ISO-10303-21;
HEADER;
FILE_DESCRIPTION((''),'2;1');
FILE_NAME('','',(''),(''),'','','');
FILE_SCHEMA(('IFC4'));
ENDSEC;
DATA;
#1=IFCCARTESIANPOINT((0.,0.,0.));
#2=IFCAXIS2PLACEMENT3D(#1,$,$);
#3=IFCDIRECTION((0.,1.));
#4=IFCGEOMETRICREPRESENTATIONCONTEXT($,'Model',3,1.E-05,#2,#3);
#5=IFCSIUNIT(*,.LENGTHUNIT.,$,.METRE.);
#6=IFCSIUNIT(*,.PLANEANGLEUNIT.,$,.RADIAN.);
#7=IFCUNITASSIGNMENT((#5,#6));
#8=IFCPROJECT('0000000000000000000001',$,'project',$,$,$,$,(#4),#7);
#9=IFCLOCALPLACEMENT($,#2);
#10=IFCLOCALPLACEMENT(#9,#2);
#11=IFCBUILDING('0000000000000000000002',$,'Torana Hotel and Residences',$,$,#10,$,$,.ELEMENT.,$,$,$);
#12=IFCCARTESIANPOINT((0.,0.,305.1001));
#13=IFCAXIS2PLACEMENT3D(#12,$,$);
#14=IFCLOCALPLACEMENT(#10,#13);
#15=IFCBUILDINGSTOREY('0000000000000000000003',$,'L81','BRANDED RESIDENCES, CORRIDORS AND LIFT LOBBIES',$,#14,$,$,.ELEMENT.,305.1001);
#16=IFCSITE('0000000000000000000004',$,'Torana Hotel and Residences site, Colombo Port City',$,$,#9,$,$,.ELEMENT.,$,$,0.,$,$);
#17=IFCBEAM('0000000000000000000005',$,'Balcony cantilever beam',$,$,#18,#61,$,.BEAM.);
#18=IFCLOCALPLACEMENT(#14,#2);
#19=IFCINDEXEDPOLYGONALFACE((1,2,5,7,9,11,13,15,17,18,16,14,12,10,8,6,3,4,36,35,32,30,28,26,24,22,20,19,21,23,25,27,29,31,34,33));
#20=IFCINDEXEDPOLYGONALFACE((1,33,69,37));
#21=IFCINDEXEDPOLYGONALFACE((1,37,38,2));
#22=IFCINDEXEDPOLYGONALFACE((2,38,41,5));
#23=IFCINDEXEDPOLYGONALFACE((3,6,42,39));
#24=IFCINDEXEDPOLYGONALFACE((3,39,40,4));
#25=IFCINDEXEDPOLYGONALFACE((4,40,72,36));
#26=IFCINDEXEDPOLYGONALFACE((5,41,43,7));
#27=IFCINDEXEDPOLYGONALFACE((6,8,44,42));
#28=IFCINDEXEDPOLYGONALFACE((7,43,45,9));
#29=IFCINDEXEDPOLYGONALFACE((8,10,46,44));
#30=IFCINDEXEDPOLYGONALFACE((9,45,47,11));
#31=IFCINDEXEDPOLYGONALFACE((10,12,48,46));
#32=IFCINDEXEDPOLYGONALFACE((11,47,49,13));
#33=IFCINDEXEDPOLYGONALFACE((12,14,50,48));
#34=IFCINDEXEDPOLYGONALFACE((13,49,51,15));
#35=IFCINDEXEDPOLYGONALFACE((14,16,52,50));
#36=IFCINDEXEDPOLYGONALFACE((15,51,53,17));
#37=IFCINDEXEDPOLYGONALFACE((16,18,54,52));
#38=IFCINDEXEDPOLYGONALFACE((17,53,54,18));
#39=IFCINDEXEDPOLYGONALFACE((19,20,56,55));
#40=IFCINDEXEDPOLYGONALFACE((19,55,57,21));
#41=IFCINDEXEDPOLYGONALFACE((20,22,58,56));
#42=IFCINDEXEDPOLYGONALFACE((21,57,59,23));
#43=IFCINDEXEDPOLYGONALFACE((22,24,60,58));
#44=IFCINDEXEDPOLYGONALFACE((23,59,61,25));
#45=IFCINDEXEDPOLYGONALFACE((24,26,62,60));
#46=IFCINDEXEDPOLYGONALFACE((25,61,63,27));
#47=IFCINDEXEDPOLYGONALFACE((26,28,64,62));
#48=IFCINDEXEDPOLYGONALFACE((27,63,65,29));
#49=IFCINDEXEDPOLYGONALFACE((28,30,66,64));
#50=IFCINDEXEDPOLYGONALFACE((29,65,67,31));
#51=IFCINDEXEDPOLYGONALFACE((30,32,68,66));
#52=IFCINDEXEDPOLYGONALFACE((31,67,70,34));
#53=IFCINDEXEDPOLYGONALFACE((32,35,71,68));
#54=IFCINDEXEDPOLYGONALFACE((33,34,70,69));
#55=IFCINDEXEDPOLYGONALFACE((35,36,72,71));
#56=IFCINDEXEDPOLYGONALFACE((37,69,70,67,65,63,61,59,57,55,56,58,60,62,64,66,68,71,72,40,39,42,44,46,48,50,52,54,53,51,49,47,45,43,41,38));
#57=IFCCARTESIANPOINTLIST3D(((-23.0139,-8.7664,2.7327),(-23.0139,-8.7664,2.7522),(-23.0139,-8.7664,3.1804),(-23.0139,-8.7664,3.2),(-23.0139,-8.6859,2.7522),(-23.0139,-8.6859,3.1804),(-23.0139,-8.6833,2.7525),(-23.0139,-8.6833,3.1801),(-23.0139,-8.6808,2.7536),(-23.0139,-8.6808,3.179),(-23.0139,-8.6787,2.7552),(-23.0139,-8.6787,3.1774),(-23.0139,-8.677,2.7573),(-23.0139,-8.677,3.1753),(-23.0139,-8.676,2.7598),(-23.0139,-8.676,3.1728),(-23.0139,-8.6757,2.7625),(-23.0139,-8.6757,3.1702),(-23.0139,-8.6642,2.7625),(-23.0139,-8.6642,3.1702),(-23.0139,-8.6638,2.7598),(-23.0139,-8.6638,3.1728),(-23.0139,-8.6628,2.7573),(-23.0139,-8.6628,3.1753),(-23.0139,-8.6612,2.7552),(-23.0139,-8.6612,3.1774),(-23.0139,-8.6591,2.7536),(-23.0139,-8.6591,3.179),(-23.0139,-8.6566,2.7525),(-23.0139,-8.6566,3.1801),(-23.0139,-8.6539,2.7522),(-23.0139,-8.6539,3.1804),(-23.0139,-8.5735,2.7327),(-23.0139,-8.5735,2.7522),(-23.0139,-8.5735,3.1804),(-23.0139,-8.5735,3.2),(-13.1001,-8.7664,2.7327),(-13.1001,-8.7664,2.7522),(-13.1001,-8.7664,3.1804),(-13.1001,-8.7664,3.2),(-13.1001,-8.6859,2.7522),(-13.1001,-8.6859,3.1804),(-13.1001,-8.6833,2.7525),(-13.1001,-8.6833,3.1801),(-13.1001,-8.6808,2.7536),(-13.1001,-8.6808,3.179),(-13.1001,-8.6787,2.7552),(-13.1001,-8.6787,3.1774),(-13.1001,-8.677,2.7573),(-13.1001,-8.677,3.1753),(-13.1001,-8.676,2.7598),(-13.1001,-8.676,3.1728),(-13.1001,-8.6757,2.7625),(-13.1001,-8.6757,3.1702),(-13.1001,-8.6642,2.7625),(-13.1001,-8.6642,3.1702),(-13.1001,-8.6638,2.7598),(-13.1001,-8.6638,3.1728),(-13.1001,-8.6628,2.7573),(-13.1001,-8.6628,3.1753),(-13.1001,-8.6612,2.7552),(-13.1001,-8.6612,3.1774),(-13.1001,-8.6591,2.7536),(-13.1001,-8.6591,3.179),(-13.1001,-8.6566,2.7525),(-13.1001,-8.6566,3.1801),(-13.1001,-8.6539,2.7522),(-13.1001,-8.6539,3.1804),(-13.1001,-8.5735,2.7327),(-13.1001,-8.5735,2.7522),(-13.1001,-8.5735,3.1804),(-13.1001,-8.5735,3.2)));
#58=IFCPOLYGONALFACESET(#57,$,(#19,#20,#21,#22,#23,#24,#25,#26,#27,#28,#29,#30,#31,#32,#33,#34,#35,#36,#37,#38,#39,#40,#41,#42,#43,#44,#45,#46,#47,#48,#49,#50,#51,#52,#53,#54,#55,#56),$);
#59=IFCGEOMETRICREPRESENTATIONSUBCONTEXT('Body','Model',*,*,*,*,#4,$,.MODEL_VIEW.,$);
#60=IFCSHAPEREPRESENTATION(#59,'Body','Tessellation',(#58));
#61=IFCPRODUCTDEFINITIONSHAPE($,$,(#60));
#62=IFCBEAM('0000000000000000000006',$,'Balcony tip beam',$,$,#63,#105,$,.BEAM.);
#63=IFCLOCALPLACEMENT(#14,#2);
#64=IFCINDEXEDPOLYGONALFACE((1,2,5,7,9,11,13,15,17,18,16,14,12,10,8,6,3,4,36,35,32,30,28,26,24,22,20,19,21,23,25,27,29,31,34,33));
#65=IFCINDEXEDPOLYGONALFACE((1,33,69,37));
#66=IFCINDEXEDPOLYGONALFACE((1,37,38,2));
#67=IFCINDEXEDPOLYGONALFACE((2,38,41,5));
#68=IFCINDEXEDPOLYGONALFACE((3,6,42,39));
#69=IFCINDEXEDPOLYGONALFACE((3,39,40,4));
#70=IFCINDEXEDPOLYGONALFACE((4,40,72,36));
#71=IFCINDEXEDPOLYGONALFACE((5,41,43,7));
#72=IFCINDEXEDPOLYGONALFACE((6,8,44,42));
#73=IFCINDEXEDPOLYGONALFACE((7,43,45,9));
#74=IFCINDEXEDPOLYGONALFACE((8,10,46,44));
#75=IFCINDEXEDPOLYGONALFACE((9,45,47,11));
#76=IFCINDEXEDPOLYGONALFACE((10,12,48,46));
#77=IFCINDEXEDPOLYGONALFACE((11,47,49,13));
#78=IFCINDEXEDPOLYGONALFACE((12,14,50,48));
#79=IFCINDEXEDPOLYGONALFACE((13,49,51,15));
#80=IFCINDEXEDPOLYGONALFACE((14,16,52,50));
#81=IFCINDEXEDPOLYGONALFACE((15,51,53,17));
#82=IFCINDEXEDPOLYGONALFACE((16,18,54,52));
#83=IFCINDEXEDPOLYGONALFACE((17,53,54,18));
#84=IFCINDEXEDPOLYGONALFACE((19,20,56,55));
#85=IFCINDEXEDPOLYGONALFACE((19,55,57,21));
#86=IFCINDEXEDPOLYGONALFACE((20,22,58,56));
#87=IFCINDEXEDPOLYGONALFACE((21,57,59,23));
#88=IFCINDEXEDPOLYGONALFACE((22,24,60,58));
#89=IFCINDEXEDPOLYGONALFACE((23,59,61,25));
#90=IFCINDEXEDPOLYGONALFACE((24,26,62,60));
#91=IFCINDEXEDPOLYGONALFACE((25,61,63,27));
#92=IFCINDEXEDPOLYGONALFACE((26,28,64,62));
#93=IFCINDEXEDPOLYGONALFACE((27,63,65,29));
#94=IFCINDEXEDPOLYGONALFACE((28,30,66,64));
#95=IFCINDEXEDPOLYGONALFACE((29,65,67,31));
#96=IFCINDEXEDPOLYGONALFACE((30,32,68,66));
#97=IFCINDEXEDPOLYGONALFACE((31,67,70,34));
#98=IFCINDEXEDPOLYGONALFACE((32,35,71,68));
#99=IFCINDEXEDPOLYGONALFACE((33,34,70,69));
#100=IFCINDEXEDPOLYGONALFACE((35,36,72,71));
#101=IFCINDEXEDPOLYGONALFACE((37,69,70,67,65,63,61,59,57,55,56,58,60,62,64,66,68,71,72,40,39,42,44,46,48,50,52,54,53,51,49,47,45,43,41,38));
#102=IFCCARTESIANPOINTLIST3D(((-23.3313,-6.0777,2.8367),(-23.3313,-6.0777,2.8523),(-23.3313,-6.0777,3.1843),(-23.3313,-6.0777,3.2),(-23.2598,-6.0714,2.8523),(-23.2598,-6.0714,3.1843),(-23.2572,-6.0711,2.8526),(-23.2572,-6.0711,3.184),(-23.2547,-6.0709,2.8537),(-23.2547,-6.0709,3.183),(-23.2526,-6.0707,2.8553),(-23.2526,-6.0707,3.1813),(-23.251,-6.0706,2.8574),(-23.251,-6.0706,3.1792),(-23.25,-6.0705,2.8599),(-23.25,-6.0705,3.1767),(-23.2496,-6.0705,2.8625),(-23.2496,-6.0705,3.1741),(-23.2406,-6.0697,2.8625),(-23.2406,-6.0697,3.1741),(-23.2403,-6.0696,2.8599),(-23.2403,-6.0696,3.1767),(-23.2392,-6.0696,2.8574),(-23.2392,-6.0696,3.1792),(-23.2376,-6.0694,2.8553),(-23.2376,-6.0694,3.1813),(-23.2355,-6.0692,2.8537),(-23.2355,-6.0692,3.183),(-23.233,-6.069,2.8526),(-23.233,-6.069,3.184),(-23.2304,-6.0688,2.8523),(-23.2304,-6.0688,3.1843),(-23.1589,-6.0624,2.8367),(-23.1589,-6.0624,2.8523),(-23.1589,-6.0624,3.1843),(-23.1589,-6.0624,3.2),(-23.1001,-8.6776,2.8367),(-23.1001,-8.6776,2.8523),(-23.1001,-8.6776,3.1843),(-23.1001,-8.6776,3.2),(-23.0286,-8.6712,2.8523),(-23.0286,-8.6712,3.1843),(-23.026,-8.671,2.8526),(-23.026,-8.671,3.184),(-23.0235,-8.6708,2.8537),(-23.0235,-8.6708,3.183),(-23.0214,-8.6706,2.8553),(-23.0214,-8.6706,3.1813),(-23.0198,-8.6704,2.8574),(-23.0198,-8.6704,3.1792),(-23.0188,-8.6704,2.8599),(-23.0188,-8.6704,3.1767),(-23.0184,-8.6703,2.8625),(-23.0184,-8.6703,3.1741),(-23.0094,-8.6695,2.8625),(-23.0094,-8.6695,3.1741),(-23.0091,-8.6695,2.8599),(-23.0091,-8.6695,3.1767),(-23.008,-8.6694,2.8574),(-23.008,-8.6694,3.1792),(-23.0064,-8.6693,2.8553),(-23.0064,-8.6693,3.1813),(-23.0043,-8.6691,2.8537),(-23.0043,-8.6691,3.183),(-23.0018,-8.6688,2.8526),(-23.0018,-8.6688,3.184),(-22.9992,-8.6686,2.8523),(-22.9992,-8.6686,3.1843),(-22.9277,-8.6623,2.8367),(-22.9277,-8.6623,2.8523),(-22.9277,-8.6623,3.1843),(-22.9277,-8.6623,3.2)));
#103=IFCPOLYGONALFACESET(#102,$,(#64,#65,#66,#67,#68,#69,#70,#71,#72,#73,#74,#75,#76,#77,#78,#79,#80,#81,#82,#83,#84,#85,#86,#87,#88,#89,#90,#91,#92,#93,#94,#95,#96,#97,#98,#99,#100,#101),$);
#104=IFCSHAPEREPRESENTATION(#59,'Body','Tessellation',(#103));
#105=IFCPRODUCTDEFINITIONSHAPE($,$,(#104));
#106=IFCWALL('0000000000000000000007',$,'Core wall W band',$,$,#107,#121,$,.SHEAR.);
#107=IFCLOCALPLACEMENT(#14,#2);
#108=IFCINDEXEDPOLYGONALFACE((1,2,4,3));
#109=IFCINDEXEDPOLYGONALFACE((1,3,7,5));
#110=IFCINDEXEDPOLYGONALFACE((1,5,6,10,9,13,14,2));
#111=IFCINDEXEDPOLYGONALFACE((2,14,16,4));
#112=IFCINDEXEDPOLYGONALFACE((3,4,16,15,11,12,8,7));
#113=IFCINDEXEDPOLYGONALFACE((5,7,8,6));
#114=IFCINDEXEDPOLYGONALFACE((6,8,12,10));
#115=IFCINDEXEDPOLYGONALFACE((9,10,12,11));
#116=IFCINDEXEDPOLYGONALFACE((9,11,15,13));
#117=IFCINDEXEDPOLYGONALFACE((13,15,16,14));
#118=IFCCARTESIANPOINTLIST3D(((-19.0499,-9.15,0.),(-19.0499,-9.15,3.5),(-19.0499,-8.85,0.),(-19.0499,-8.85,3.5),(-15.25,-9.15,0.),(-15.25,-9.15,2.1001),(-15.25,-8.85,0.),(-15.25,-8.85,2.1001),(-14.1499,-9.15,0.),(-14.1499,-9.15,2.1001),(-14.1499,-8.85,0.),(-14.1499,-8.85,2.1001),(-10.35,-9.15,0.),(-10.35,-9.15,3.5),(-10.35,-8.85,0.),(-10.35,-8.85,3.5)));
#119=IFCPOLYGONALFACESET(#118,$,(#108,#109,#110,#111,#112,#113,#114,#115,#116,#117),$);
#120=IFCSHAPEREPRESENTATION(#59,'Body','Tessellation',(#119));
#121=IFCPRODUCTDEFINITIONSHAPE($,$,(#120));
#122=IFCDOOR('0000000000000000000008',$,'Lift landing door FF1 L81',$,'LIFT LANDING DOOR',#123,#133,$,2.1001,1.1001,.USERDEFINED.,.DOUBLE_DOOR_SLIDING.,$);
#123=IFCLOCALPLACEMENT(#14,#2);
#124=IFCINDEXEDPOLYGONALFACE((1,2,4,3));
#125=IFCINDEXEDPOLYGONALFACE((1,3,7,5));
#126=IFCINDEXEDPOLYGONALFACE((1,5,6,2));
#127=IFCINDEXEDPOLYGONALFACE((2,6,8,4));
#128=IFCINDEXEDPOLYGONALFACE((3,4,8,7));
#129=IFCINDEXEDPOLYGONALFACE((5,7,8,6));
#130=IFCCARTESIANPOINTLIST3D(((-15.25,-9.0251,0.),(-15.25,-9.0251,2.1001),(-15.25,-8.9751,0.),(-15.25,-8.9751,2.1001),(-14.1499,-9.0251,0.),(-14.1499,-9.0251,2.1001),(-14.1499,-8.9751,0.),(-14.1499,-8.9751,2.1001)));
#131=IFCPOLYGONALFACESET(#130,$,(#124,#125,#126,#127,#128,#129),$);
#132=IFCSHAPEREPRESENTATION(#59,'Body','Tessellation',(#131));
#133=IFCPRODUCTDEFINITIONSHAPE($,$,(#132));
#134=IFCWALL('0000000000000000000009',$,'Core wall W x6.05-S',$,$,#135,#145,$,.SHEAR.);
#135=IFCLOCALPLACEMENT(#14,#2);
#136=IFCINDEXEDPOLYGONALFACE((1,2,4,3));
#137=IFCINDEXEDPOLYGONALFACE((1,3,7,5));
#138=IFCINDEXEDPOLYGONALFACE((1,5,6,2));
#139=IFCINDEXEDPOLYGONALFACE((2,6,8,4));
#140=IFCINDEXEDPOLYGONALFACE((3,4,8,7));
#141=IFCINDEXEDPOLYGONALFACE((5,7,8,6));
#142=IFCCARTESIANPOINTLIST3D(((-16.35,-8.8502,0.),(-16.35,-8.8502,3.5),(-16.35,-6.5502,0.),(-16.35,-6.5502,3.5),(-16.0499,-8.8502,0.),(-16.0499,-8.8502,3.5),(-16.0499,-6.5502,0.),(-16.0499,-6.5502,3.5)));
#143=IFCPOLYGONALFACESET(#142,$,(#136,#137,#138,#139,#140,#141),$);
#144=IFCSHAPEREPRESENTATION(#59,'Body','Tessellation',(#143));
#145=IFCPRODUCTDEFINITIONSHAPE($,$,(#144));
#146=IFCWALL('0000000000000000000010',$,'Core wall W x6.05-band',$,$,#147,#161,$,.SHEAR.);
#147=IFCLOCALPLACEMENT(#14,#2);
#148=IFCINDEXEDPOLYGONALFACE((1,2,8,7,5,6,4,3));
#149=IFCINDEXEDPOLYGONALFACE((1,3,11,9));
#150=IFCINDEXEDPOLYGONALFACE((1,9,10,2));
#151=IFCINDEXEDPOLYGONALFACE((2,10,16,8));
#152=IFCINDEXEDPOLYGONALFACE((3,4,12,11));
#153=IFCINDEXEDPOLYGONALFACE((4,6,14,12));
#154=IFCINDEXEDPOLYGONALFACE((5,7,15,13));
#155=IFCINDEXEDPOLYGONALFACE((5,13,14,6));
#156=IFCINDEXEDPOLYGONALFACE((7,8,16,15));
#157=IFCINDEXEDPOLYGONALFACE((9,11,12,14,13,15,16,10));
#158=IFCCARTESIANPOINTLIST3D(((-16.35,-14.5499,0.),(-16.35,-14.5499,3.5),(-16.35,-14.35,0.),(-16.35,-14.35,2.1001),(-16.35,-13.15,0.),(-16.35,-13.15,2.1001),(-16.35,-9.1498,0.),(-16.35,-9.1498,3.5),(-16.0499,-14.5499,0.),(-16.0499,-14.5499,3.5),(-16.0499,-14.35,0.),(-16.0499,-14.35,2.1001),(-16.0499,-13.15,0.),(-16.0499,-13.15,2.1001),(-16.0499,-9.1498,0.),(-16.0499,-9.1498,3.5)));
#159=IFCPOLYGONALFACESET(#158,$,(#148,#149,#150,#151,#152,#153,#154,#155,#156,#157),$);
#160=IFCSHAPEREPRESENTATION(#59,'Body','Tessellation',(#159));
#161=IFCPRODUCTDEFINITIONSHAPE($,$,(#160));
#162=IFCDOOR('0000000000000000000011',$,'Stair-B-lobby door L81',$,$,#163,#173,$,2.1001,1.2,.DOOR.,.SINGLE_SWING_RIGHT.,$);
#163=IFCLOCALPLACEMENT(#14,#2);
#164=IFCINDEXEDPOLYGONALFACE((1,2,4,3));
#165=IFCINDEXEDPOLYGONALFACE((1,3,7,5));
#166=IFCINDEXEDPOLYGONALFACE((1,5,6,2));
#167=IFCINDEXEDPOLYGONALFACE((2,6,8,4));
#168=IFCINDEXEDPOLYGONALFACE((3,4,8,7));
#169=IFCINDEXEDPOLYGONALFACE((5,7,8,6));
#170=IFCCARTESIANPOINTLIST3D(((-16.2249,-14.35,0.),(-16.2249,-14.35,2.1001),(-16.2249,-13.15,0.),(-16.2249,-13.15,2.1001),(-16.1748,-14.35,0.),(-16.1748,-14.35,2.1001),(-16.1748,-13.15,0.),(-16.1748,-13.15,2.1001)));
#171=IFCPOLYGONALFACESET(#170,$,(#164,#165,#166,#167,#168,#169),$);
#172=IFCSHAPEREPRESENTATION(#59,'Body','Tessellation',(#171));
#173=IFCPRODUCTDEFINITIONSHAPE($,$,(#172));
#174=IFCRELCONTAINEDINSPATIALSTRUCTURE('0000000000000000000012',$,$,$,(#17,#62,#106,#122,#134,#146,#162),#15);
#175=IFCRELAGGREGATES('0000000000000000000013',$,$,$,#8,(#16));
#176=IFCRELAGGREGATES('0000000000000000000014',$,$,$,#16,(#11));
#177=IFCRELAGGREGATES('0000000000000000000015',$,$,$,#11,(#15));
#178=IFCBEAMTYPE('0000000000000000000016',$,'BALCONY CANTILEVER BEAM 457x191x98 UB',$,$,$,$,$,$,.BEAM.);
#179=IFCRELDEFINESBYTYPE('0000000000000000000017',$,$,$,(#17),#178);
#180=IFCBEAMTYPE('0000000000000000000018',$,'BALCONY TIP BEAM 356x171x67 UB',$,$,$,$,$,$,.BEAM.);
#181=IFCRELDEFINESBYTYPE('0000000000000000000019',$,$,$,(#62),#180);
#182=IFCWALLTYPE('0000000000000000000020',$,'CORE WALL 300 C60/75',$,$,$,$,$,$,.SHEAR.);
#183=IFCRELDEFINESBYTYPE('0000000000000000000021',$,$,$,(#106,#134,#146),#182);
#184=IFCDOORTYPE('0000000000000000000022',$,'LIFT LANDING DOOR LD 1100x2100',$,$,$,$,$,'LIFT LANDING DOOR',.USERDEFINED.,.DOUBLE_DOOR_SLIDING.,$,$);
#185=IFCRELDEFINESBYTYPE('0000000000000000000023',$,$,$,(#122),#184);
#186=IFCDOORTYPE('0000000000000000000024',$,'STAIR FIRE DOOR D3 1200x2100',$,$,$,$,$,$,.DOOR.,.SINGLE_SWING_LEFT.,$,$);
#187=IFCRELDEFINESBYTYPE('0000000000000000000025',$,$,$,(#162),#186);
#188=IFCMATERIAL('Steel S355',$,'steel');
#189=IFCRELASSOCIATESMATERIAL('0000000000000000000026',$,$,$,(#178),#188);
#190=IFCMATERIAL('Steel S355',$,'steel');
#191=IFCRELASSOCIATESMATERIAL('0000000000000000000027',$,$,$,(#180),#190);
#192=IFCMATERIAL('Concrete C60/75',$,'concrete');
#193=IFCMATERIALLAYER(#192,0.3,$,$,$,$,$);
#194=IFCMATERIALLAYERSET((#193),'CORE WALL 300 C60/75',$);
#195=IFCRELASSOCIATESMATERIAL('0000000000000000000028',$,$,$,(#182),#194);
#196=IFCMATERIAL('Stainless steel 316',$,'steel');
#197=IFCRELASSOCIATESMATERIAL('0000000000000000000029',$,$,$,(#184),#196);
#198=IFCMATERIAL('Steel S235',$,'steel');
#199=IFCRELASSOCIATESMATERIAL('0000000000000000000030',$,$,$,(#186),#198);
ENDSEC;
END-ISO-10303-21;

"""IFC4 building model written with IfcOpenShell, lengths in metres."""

from ifc_helpers import new_model, si_unit, direction, frame, frame_2d, origin, origin_2d, place, context, subcontext, project, spatial, rectangle, i_section, extrude, material, layer, layer_set, material_profile, profile_set, type_object, element, fill, save


model = new_model("IFC4")

# Units and contexts
model_context = context("Model", 3, precision=1e-05, world=origin(), true_north=direction((0.0, 1.0)))
body_context = subcontext(model_context, "Body", "Model", "MODEL_VIEW")
ifc_project = project(units=[si_unit("LENGTHUNIT", "METRE"), si_unit("PLANEANGLEUNIT", "RADIAN")], contexts=[model_context])

# Site, building, storey
site_placement = place(None, origin())
site = spatial("IfcSite", under=ifc_project, at=site_placement, Name="Torana Hotel and Residences site, Colombo Port City", CompositionType="ELEMENT", RefElevation=0.0)
building_placement = place(site_placement, origin())
building = spatial("IfcBuilding", under=site, at=building_placement, Name="Torana Hotel and Residences", CompositionType="ELEMENT")
storey_placement = place(building_placement, frame((0.0, 0.0, 305.1001)))
storey = spatial("IfcBuildingStorey", under=building, at=storey_placement, Name="L81", Description="BRANDED RESIDENCES, CORRIDORS AND LIFT LOBBIES", CompositionType="ELEMENT", Elevation=305.1001)

# Beams
ifc_material_1 = material(Name="Steel S355", Category="steel")
ifc_material_profile_1 = material_profile(ifc_material_1, i_section(OverallWidth=0.1929, OverallDepth=0.4673, WebThickness=0.0115, FlangeThickness=0.0195, FilletRadius=0.0103, at=origin_2d()), Name="457x191x98 UB")
ifc_profile_set_1 = profile_set([ifc_material_profile_1], Name="Steel S355")
beam_type_1 = type_object("IfcBeamType", Name="BALCONY CANTILEVER BEAM 457x191x98 UB", PredefinedType="BEAM", material=ifc_profile_set_1)
beam_1_placement = place(storey_placement, frame((-23.0139, -8.6699, 2.9663), z_axis=(1.0, 0.0, 0.0), x_axis=(0.0, 1.0, 0.0)))
element("IfcBeam", 1, at=beam_1_placement, inside=storey, type_object=beam_type_1, Name="Balcony cantilever beam", PredefinedType="BEAM", context=body_context, shape_type="SweptSolid", body=[
    extrude(i_section(OverallWidth=0.1929, OverallDepth=0.4673, WebThickness=0.0115, FlangeThickness=0.0195, FilletRadius=0.0103, at=origin_2d()), origin(), (0.0, 0.0, 1.0), 9.9138),
])
ifc_material_2 = material(Name="Steel S355", Category="steel")
ifc_material_profile_2 = material_profile(ifc_material_2, i_section(OverallWidth=0.1731, OverallDepth=0.3633, WebThickness=0.009, FlangeThickness=0.0156, FilletRadius=0.0103, at=origin_2d()), Name="356x171x67 UB")
ifc_profile_set_2 = profile_set([ifc_material_profile_2], Name="Steel S355")
beam_type_2 = type_object("IfcBeamType", Name="BALCONY TIP BEAM 356x171x67 UB", PredefinedType="BEAM", material=ifc_profile_set_2)
beam_2_placement = place(storey_placement, frame((-23.0139, -8.6699, 3.0183), z_axis=(-0.088579, 0.996069, 0.0), x_axis=(-0.996069, -0.088579, 0.0)))
element("IfcBeam", 2, at=beam_2_placement, inside=storey, type_object=beam_type_2, Name="Balcony tip beam", PredefinedType="BEAM", context=body_context, shape_type="SweptSolid", body=[
    extrude(i_section(OverallWidth=0.1731, OverallDepth=0.3633, WebThickness=0.009, FlangeThickness=0.0156, FilletRadius=0.0103, at=origin_2d()), origin(), (0.0, 0.0, 1.0), 2.6101),
])

# Wall, opening, door
ifc_material_3 = material(Name="Concrete C60/75", Category="concrete")
ifc_layer_1 = layer(ifc_material_3, 0.3)
ifc_layer_set_1 = layer_set([ifc_layer_1], Name="CORE WALL 300 C60/75")
wall_type_1 = type_object("IfcWallType", Name="CORE WALL 300 C60/75", PredefinedType="SHEAR", material=ifc_layer_set_1)
wall_1_placement = place(storey_placement, frame((-19.05, -9.0, 0.0), z_axis=(0.0, 0.0, 1.0), x_axis=(1.0, 0.0, 0.0)))
wall_1 = element("IfcWall", 3, at=wall_1_placement, inside=storey, type_object=wall_type_1, Name="Core wall W band", PredefinedType="SHEAR", context=body_context, shape_type="SweptSolid", body=[
    extrude(rectangle(XDim=8.7, YDim=0.3, at=frame_2d((4.3501, 0.0))), origin(), (0.0, 0.0, 1.0), 3.5),
])
opening_1_placement = place(wall_1_placement, frame((3.8, 0.0, 0.0)))
opening_1 = element("IfcOpeningElement", 4, at=opening_1_placement, cuts=wall_1, PredefinedType="OPENING", context=body_context, shape_type="SweptSolid", body=[
    extrude(rectangle(XDim=1.1001, YDim=2.1001, at=frame_2d((0.55, 1.05))), frame((0.0, 0.1599, 0.0), z_axis=(0.0, -1.0, 0.0), x_axis=(1.0, 0.0, 0.0)), (0.0, 0.0, 1.0), 0.3201),
])
ifc_material_4 = material(Name="Stainless steel 316", Category="steel")
door_type_1 = type_object("IfcDoorType", Name="LIFT LANDING DOOR LD 1100x2100", ElementType="LIFT LANDING DOOR", OperationType="DOUBLE_DOOR_SLIDING", PredefinedType="USERDEFINED", material=ifc_material_4)
door_1_placement = place(opening_1_placement, origin())
door_1 = element("IfcDoor", 5, at=door_1_placement, inside=storey, type_object=door_type_1, Name="Lift landing door FF1 L81", ObjectType="LIFT LANDING DOOR", OperationType="DOUBLE_DOOR_SLIDING", OverallHeight=2.1001, OverallWidth=1.1001, PredefinedType="USERDEFINED", context=body_context, shape_type="SweptSolid", body=[
    extrude(rectangle(XDim=1.1001, YDim=2.1001, at=frame_2d((0.55, 1.05))), frame((0.0, 0.0249, 0.0), z_axis=(0.0, -1.0, 0.0), x_axis=(1.0, 0.0, 0.0)), (0.0, 0.0, 1.0), 0.05),
])
fill(opening_1, door_1)

# Wall
wall_2_placement = place(storey_placement, frame((-16.2, -8.8501, 0.0), z_axis=(0.0, 0.0, 1.0), x_axis=(0.0, 1.0, 0.0)))
element("IfcWall", 6, at=wall_2_placement, inside=storey, type_object=wall_type_1, Name="Core wall W x6.05-S", PredefinedType="SHEAR", context=body_context, shape_type="SweptSolid", body=[
    extrude(rectangle(XDim=2.3, YDim=0.3, at=frame_2d((1.1499, 0.0))), origin(), (0.0, 0.0, 1.0), 3.5),
])

# Wall, opening, door
wall_3_placement = place(storey_placement, frame((-16.2, -14.55, 0.0), z_axis=(0.0, 0.0, 1.0), x_axis=(0.0, 1.0, 0.0)))
wall_3 = element("IfcWall", 7, at=wall_3_placement, inside=storey, type_object=wall_type_1, Name="Core wall W x6.05-band", PredefinedType="SHEAR", context=body_context, shape_type="SweptSolid", body=[
    extrude(rectangle(XDim=5.4001, YDim=0.3, at=frame_2d((2.7002, 0.0))), origin(), (0.0, 0.0, 1.0), 3.5),
])
opening_2_placement = place(wall_3_placement, frame((0.2, 0.0, 0.0)))
opening_2 = element("IfcOpeningElement", 8, at=opening_2_placement, cuts=wall_3, PredefinedType="OPENING", context=body_context, shape_type="SweptSolid", body=[
    extrude(rectangle(XDim=1.2, YDim=2.1001, at=frame_2d((0.6001, 1.05))), frame((0.0, 0.1599, 0.0), z_axis=(0.0, -1.0, 0.0), x_axis=(1.0, 0.0, 0.0)), (0.0, 0.0, 1.0), 0.3201),
])
ifc_material_5 = material(Name="Steel S235", Category="steel")
door_type_2 = type_object("IfcDoorType", Name="STAIR FIRE DOOR D3 1200x2100", OperationType="SINGLE_SWING_LEFT", PredefinedType="DOOR", material=ifc_material_5)
door_2_placement = place(opening_2_placement, origin())
door_2 = element("IfcDoor", 9, at=door_2_placement, inside=storey, type_object=door_type_2, Name="Stair-B-lobby door L81", OperationType="SINGLE_SWING_RIGHT", OverallHeight=2.1001, OverallWidth=1.2, PredefinedType="DOOR", context=body_context, shape_type="SweptSolid", body=[
    extrude(rectangle(XDim=1.2, YDim=2.1001, at=frame_2d((0.6001, 1.05))), frame((0.0, 0.0249, 0.0), z_axis=(0.0, -1.0, 0.0), x_axis=(1.0, 0.0, 0.0)), (0.0, 0.0, 1.0), 0.05),
])
fill(opening_2, door_2)

save(model, "model.ifc")
